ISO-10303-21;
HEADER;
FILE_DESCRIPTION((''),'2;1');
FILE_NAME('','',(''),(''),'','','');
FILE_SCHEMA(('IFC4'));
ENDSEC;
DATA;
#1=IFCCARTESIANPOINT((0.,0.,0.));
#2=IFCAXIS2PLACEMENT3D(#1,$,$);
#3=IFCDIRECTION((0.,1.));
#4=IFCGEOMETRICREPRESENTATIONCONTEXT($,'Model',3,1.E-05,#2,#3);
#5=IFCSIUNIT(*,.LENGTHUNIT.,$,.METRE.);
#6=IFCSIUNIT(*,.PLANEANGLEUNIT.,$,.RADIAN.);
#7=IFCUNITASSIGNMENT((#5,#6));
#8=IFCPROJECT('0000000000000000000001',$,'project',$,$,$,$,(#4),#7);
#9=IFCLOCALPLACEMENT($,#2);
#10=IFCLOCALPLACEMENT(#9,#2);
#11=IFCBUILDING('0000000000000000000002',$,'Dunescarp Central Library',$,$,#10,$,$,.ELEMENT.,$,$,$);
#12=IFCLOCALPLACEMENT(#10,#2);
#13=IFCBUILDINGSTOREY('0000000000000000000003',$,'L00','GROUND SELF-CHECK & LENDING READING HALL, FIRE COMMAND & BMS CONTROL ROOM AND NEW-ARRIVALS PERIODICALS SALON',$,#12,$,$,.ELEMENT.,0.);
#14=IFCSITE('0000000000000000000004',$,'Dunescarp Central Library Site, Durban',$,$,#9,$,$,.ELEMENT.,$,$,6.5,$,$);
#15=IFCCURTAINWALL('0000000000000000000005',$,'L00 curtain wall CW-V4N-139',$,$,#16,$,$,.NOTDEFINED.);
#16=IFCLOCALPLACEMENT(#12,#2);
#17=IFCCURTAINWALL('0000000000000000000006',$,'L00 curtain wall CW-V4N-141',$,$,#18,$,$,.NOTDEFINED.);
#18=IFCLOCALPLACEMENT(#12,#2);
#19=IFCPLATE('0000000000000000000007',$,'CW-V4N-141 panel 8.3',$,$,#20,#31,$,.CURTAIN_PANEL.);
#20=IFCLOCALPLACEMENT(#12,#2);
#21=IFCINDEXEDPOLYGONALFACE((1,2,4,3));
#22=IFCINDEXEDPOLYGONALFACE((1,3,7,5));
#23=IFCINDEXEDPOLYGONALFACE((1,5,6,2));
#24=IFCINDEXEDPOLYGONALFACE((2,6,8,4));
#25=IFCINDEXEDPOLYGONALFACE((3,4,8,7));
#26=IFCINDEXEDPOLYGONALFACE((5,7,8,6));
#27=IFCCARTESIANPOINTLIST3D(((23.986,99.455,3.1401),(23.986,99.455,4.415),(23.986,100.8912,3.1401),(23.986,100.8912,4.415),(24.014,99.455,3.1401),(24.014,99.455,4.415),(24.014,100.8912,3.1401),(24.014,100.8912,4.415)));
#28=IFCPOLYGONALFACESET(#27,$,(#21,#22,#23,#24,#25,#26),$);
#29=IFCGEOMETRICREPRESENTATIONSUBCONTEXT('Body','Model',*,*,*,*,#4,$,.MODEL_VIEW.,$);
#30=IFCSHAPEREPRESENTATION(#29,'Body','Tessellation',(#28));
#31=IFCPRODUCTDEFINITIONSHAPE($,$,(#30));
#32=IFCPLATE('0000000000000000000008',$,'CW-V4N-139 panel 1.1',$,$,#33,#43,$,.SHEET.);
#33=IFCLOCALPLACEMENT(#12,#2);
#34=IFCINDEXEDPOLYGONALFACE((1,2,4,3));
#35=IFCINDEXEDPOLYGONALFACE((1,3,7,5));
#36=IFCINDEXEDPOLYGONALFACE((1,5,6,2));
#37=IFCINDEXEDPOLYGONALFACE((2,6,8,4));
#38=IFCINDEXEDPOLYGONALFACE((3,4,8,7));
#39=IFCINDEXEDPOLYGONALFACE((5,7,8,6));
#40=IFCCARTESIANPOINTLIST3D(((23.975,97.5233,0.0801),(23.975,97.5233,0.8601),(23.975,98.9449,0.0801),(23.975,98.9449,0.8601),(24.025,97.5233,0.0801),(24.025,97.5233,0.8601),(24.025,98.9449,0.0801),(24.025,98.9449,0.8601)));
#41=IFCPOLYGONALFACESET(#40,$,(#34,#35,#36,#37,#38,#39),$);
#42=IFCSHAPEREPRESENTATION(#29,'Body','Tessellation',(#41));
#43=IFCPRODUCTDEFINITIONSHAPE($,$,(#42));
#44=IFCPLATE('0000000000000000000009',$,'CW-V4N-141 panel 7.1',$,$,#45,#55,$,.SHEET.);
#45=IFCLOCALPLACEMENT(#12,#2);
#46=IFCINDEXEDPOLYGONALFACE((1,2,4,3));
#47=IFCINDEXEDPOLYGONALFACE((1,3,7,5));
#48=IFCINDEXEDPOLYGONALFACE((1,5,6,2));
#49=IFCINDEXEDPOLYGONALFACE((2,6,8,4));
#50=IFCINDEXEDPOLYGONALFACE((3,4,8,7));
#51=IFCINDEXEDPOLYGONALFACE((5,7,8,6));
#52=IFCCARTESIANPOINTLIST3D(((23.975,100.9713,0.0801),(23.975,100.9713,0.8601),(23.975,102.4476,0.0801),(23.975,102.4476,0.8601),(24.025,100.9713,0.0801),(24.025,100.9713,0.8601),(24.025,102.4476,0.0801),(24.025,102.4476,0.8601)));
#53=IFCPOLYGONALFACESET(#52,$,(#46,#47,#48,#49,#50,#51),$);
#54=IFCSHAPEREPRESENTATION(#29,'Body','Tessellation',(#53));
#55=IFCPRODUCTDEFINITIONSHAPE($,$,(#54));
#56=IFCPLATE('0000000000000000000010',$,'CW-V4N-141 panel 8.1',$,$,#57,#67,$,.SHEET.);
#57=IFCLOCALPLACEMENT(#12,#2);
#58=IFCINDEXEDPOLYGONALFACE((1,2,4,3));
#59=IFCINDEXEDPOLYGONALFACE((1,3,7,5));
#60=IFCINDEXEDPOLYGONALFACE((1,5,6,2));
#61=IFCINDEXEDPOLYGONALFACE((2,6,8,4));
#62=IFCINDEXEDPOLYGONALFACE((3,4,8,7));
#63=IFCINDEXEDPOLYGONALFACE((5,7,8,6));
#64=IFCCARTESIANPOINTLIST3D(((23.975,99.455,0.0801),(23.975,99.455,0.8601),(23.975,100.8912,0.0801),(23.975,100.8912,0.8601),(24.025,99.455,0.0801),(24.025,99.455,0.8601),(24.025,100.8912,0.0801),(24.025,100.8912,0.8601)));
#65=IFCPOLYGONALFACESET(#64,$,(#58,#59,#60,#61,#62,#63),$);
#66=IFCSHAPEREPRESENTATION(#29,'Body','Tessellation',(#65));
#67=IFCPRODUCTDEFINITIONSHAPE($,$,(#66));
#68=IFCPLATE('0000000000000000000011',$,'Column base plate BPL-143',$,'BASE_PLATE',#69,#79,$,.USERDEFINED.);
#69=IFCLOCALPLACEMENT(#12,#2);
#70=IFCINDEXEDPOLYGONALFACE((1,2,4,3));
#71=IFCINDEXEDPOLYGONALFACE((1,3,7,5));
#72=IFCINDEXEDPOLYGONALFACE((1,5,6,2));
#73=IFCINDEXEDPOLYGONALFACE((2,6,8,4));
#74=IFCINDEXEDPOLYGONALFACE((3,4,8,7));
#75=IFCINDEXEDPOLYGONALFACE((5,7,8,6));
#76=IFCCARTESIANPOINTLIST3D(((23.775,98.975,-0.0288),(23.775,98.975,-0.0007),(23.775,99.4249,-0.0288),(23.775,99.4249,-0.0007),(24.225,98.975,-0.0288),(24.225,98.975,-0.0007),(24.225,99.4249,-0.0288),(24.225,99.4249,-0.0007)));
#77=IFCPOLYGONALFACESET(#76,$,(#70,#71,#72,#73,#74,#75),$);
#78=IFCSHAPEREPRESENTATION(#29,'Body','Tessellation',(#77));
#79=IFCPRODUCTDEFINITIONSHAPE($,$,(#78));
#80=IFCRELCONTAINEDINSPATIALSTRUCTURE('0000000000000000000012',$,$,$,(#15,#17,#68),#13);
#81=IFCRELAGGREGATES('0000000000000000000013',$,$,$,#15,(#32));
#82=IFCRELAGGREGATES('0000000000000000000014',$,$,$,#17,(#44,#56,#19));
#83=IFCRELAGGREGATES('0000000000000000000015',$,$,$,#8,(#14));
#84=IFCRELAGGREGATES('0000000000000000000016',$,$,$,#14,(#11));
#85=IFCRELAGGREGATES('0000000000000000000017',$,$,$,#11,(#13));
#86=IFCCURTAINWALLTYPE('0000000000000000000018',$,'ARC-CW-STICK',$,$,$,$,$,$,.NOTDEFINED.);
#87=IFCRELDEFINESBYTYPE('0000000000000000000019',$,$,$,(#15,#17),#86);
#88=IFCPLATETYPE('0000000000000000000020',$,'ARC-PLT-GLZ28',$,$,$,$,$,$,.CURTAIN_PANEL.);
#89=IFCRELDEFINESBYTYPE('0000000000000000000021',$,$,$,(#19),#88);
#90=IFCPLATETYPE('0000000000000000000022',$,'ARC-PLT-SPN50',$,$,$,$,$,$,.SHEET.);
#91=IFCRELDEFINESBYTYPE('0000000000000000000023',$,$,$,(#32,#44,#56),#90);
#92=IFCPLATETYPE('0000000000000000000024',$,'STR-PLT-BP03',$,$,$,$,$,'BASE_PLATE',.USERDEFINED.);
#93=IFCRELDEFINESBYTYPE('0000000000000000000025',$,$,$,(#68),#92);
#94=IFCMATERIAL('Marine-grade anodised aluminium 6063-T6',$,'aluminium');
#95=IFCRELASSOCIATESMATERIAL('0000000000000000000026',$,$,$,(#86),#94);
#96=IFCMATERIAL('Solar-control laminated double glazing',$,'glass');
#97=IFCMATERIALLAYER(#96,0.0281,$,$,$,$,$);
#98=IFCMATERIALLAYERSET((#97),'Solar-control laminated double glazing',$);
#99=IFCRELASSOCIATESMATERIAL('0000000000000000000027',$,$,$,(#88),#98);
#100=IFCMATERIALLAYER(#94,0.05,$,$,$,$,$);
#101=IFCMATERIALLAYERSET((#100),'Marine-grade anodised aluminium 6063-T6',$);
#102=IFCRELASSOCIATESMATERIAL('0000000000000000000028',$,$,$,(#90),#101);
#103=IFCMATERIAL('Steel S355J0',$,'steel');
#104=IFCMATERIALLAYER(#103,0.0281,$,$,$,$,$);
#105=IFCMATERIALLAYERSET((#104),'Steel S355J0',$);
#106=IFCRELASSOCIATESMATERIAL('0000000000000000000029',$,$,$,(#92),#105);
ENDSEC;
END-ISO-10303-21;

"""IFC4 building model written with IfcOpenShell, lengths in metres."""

from ifc_helpers import new_model, si_unit, direction, frame, origin, origin_2d, place, context, subcontext, project, spatial, rectangle, extrude, material, layer, layer_set, type_object, element, aggregate, save


model = new_model("IFC4")

# Units and contexts
model_context = context("Model", 3, precision=1e-05, world=origin(), true_north=direction((0.0, 1.0)))
body_context = subcontext(model_context, "Body", "Model", "MODEL_VIEW")
ifc_project = project(units=[si_unit("LENGTHUNIT", "METRE"), si_unit("PLANEANGLEUNIT", "RADIAN")], contexts=[model_context])

# Site, building, storey
site_placement = place(None, origin())
site = spatial("IfcSite", under=ifc_project, at=site_placement, Name="Dunescarp Central Library Site, Durban", CompositionType="ELEMENT", RefElevation=6.5)
building_placement = place(site_placement, origin())
building = spatial("IfcBuilding", under=site, at=building_placement, Name="Dunescarp Central Library", CompositionType="ELEMENT")
storey_placement = place(building_placement, origin())
storey = spatial("IfcBuildingStorey", under=building, at=storey_placement, Name="L00", Description="GROUND SELF-CHECK & LENDING READING HALL, FIRE COMMAND & BMS CONTROL ROOM AND NEW-ARRIVALS PERIODICALS SALON", CompositionType="ELEMENT", Elevation=0.0)

# Curtain walls
ifc_material_1 = material(Name="Marine-grade anodised aluminium 6063-T6", Category="aluminium")
curtain_wall_type = type_object("IfcCurtainWallType", Name="ARC-CW-STICK", PredefinedType="NOTDEFINED", material=ifc_material_1)
curtain_wall_1_placement = place(storey_placement, origin())
curtain_wall_1 = element("IfcCurtainWall", 1, at=curtain_wall_1_placement, inside=storey, type_object=curtain_wall_type, Name="L00 curtain wall CW-V4N-139", PredefinedType="NOTDEFINED")
curtain_wall_2_placement = place(storey_placement, origin())
curtain_wall_2 = element("IfcCurtainWall", 2, at=curtain_wall_2_placement, inside=storey, type_object=curtain_wall_type, Name="L00 curtain wall CW-V4N-141", PredefinedType="NOTDEFINED")

# Plates
ifc_material_2 = material(Name="Solar-control laminated double glazing", Category="glass")
ifc_layer_1 = layer(ifc_material_2, 0.0281)
ifc_layer_set_1 = layer_set([ifc_layer_1], Name="Solar-control laminated double glazing")
plate_type_1 = type_object("IfcPlateType", Name="ARC-PLT-GLZ28", PredefinedType="CURTAIN_PANEL", material=ifc_layer_set_1)
plate_1_placement = place(storey_placement, frame((24.0, 100.1731, 3.1401), z_axis=(0.0, 0.0, 1.0), x_axis=(0.0, -1.0, 0.0)))
plate_1 = element("IfcPlate", 3, at=plate_1_placement, type_object=plate_type_1, Name="CW-V4N-141 panel 8.3", PredefinedType="CURTAIN_PANEL", context=body_context, shape_type="SweptSolid", body=[
    extrude(rectangle(XDim=1.4363, YDim=0.0281, at=origin_2d()), origin(), (0.0, 0.0, 1.0), 1.2749),
])
ifc_layer_2 = layer(ifc_material_1, 0.05)
ifc_layer_set_2 = layer_set([ifc_layer_2], Name="Marine-grade anodised aluminium 6063-T6")
plate_type_2 = type_object("IfcPlateType", Name="ARC-PLT-SPN50", PredefinedType="SHEET", material=ifc_layer_set_2)
plate_2_placement = place(storey_placement, frame((24.0, 98.2341, 0.0801), z_axis=(0.0, 0.0, 1.0), x_axis=(0.0, -1.0, 0.0)))
plate_2 = element("IfcPlate", 4, at=plate_2_placement, type_object=plate_type_2, Name="CW-V4N-139 panel 1.1", PredefinedType="SHEET", context=body_context, shape_type="SweptSolid", body=[
    extrude(rectangle(XDim=1.4216, YDim=0.05, at=origin_2d()), origin(), (0.0, 0.0, 1.0), 0.78),
])
aggregate(curtain_wall_1, [plate_2])
plate_3_placement = place(storey_placement, frame((24.0, 101.7095, 0.0801), z_axis=(0.0, 0.0, 1.0), x_axis=(0.0, -1.0, 0.0)))
plate_3 = element("IfcPlate", 5, at=plate_3_placement, type_object=plate_type_2, Name="CW-V4N-141 panel 7.1", PredefinedType="SHEET", context=body_context, shape_type="SweptSolid", body=[
    extrude(rectangle(XDim=1.4763, YDim=0.05, at=origin_2d()), origin(), (0.0, 0.0, 1.0), 0.78),
])
plate_4_placement = place(storey_placement, frame((24.0, 100.1731, 0.0801), z_axis=(0.0, 0.0, 1.0), x_axis=(0.0, -1.0, 0.0)))
plate_4 = element("IfcPlate", 6, at=plate_4_placement, type_object=plate_type_2, Name="CW-V4N-141 panel 8.1", PredefinedType="SHEET", context=body_context, shape_type="SweptSolid", body=[
    extrude(rectangle(XDim=1.4363, YDim=0.05, at=origin_2d()), origin(), (0.0, 0.0, 1.0), 0.78),
])
aggregate(curtain_wall_2, [plate_3, plate_4, plate_1])
ifc_material_3 = material(Name="Steel S355J0", Category="steel")
ifc_layer_3 = layer(ifc_material_3, 0.0281)
ifc_layer_set_3 = layer_set([ifc_layer_3], Name="Steel S355J0")
plate_type_3 = type_object("IfcPlateType", Name="STR-PLT-BP03", ElementType="BASE_PLATE", PredefinedType="USERDEFINED", material=ifc_layer_set_3)
plate_5_placement = place(storey_placement, frame((24.0, 99.2, -0.0288), z_axis=(0.0, 0.0, 1.0), x_axis=(1.0, 0.0, 0.0)))
element("IfcPlate", 7, at=plate_5_placement, inside=storey, type_object=plate_type_3, Name="Column base plate BPL-143", ObjectType="BASE_PLATE", PredefinedType="USERDEFINED", context=body_context, shape_type="SweptSolid", body=[
    extrude(rectangle(XDim=0.45, YDim=0.45, at=origin_2d()), origin(), (0.0, 0.0, 1.0), 0.0281),
])

save(model, "model.ifc")
